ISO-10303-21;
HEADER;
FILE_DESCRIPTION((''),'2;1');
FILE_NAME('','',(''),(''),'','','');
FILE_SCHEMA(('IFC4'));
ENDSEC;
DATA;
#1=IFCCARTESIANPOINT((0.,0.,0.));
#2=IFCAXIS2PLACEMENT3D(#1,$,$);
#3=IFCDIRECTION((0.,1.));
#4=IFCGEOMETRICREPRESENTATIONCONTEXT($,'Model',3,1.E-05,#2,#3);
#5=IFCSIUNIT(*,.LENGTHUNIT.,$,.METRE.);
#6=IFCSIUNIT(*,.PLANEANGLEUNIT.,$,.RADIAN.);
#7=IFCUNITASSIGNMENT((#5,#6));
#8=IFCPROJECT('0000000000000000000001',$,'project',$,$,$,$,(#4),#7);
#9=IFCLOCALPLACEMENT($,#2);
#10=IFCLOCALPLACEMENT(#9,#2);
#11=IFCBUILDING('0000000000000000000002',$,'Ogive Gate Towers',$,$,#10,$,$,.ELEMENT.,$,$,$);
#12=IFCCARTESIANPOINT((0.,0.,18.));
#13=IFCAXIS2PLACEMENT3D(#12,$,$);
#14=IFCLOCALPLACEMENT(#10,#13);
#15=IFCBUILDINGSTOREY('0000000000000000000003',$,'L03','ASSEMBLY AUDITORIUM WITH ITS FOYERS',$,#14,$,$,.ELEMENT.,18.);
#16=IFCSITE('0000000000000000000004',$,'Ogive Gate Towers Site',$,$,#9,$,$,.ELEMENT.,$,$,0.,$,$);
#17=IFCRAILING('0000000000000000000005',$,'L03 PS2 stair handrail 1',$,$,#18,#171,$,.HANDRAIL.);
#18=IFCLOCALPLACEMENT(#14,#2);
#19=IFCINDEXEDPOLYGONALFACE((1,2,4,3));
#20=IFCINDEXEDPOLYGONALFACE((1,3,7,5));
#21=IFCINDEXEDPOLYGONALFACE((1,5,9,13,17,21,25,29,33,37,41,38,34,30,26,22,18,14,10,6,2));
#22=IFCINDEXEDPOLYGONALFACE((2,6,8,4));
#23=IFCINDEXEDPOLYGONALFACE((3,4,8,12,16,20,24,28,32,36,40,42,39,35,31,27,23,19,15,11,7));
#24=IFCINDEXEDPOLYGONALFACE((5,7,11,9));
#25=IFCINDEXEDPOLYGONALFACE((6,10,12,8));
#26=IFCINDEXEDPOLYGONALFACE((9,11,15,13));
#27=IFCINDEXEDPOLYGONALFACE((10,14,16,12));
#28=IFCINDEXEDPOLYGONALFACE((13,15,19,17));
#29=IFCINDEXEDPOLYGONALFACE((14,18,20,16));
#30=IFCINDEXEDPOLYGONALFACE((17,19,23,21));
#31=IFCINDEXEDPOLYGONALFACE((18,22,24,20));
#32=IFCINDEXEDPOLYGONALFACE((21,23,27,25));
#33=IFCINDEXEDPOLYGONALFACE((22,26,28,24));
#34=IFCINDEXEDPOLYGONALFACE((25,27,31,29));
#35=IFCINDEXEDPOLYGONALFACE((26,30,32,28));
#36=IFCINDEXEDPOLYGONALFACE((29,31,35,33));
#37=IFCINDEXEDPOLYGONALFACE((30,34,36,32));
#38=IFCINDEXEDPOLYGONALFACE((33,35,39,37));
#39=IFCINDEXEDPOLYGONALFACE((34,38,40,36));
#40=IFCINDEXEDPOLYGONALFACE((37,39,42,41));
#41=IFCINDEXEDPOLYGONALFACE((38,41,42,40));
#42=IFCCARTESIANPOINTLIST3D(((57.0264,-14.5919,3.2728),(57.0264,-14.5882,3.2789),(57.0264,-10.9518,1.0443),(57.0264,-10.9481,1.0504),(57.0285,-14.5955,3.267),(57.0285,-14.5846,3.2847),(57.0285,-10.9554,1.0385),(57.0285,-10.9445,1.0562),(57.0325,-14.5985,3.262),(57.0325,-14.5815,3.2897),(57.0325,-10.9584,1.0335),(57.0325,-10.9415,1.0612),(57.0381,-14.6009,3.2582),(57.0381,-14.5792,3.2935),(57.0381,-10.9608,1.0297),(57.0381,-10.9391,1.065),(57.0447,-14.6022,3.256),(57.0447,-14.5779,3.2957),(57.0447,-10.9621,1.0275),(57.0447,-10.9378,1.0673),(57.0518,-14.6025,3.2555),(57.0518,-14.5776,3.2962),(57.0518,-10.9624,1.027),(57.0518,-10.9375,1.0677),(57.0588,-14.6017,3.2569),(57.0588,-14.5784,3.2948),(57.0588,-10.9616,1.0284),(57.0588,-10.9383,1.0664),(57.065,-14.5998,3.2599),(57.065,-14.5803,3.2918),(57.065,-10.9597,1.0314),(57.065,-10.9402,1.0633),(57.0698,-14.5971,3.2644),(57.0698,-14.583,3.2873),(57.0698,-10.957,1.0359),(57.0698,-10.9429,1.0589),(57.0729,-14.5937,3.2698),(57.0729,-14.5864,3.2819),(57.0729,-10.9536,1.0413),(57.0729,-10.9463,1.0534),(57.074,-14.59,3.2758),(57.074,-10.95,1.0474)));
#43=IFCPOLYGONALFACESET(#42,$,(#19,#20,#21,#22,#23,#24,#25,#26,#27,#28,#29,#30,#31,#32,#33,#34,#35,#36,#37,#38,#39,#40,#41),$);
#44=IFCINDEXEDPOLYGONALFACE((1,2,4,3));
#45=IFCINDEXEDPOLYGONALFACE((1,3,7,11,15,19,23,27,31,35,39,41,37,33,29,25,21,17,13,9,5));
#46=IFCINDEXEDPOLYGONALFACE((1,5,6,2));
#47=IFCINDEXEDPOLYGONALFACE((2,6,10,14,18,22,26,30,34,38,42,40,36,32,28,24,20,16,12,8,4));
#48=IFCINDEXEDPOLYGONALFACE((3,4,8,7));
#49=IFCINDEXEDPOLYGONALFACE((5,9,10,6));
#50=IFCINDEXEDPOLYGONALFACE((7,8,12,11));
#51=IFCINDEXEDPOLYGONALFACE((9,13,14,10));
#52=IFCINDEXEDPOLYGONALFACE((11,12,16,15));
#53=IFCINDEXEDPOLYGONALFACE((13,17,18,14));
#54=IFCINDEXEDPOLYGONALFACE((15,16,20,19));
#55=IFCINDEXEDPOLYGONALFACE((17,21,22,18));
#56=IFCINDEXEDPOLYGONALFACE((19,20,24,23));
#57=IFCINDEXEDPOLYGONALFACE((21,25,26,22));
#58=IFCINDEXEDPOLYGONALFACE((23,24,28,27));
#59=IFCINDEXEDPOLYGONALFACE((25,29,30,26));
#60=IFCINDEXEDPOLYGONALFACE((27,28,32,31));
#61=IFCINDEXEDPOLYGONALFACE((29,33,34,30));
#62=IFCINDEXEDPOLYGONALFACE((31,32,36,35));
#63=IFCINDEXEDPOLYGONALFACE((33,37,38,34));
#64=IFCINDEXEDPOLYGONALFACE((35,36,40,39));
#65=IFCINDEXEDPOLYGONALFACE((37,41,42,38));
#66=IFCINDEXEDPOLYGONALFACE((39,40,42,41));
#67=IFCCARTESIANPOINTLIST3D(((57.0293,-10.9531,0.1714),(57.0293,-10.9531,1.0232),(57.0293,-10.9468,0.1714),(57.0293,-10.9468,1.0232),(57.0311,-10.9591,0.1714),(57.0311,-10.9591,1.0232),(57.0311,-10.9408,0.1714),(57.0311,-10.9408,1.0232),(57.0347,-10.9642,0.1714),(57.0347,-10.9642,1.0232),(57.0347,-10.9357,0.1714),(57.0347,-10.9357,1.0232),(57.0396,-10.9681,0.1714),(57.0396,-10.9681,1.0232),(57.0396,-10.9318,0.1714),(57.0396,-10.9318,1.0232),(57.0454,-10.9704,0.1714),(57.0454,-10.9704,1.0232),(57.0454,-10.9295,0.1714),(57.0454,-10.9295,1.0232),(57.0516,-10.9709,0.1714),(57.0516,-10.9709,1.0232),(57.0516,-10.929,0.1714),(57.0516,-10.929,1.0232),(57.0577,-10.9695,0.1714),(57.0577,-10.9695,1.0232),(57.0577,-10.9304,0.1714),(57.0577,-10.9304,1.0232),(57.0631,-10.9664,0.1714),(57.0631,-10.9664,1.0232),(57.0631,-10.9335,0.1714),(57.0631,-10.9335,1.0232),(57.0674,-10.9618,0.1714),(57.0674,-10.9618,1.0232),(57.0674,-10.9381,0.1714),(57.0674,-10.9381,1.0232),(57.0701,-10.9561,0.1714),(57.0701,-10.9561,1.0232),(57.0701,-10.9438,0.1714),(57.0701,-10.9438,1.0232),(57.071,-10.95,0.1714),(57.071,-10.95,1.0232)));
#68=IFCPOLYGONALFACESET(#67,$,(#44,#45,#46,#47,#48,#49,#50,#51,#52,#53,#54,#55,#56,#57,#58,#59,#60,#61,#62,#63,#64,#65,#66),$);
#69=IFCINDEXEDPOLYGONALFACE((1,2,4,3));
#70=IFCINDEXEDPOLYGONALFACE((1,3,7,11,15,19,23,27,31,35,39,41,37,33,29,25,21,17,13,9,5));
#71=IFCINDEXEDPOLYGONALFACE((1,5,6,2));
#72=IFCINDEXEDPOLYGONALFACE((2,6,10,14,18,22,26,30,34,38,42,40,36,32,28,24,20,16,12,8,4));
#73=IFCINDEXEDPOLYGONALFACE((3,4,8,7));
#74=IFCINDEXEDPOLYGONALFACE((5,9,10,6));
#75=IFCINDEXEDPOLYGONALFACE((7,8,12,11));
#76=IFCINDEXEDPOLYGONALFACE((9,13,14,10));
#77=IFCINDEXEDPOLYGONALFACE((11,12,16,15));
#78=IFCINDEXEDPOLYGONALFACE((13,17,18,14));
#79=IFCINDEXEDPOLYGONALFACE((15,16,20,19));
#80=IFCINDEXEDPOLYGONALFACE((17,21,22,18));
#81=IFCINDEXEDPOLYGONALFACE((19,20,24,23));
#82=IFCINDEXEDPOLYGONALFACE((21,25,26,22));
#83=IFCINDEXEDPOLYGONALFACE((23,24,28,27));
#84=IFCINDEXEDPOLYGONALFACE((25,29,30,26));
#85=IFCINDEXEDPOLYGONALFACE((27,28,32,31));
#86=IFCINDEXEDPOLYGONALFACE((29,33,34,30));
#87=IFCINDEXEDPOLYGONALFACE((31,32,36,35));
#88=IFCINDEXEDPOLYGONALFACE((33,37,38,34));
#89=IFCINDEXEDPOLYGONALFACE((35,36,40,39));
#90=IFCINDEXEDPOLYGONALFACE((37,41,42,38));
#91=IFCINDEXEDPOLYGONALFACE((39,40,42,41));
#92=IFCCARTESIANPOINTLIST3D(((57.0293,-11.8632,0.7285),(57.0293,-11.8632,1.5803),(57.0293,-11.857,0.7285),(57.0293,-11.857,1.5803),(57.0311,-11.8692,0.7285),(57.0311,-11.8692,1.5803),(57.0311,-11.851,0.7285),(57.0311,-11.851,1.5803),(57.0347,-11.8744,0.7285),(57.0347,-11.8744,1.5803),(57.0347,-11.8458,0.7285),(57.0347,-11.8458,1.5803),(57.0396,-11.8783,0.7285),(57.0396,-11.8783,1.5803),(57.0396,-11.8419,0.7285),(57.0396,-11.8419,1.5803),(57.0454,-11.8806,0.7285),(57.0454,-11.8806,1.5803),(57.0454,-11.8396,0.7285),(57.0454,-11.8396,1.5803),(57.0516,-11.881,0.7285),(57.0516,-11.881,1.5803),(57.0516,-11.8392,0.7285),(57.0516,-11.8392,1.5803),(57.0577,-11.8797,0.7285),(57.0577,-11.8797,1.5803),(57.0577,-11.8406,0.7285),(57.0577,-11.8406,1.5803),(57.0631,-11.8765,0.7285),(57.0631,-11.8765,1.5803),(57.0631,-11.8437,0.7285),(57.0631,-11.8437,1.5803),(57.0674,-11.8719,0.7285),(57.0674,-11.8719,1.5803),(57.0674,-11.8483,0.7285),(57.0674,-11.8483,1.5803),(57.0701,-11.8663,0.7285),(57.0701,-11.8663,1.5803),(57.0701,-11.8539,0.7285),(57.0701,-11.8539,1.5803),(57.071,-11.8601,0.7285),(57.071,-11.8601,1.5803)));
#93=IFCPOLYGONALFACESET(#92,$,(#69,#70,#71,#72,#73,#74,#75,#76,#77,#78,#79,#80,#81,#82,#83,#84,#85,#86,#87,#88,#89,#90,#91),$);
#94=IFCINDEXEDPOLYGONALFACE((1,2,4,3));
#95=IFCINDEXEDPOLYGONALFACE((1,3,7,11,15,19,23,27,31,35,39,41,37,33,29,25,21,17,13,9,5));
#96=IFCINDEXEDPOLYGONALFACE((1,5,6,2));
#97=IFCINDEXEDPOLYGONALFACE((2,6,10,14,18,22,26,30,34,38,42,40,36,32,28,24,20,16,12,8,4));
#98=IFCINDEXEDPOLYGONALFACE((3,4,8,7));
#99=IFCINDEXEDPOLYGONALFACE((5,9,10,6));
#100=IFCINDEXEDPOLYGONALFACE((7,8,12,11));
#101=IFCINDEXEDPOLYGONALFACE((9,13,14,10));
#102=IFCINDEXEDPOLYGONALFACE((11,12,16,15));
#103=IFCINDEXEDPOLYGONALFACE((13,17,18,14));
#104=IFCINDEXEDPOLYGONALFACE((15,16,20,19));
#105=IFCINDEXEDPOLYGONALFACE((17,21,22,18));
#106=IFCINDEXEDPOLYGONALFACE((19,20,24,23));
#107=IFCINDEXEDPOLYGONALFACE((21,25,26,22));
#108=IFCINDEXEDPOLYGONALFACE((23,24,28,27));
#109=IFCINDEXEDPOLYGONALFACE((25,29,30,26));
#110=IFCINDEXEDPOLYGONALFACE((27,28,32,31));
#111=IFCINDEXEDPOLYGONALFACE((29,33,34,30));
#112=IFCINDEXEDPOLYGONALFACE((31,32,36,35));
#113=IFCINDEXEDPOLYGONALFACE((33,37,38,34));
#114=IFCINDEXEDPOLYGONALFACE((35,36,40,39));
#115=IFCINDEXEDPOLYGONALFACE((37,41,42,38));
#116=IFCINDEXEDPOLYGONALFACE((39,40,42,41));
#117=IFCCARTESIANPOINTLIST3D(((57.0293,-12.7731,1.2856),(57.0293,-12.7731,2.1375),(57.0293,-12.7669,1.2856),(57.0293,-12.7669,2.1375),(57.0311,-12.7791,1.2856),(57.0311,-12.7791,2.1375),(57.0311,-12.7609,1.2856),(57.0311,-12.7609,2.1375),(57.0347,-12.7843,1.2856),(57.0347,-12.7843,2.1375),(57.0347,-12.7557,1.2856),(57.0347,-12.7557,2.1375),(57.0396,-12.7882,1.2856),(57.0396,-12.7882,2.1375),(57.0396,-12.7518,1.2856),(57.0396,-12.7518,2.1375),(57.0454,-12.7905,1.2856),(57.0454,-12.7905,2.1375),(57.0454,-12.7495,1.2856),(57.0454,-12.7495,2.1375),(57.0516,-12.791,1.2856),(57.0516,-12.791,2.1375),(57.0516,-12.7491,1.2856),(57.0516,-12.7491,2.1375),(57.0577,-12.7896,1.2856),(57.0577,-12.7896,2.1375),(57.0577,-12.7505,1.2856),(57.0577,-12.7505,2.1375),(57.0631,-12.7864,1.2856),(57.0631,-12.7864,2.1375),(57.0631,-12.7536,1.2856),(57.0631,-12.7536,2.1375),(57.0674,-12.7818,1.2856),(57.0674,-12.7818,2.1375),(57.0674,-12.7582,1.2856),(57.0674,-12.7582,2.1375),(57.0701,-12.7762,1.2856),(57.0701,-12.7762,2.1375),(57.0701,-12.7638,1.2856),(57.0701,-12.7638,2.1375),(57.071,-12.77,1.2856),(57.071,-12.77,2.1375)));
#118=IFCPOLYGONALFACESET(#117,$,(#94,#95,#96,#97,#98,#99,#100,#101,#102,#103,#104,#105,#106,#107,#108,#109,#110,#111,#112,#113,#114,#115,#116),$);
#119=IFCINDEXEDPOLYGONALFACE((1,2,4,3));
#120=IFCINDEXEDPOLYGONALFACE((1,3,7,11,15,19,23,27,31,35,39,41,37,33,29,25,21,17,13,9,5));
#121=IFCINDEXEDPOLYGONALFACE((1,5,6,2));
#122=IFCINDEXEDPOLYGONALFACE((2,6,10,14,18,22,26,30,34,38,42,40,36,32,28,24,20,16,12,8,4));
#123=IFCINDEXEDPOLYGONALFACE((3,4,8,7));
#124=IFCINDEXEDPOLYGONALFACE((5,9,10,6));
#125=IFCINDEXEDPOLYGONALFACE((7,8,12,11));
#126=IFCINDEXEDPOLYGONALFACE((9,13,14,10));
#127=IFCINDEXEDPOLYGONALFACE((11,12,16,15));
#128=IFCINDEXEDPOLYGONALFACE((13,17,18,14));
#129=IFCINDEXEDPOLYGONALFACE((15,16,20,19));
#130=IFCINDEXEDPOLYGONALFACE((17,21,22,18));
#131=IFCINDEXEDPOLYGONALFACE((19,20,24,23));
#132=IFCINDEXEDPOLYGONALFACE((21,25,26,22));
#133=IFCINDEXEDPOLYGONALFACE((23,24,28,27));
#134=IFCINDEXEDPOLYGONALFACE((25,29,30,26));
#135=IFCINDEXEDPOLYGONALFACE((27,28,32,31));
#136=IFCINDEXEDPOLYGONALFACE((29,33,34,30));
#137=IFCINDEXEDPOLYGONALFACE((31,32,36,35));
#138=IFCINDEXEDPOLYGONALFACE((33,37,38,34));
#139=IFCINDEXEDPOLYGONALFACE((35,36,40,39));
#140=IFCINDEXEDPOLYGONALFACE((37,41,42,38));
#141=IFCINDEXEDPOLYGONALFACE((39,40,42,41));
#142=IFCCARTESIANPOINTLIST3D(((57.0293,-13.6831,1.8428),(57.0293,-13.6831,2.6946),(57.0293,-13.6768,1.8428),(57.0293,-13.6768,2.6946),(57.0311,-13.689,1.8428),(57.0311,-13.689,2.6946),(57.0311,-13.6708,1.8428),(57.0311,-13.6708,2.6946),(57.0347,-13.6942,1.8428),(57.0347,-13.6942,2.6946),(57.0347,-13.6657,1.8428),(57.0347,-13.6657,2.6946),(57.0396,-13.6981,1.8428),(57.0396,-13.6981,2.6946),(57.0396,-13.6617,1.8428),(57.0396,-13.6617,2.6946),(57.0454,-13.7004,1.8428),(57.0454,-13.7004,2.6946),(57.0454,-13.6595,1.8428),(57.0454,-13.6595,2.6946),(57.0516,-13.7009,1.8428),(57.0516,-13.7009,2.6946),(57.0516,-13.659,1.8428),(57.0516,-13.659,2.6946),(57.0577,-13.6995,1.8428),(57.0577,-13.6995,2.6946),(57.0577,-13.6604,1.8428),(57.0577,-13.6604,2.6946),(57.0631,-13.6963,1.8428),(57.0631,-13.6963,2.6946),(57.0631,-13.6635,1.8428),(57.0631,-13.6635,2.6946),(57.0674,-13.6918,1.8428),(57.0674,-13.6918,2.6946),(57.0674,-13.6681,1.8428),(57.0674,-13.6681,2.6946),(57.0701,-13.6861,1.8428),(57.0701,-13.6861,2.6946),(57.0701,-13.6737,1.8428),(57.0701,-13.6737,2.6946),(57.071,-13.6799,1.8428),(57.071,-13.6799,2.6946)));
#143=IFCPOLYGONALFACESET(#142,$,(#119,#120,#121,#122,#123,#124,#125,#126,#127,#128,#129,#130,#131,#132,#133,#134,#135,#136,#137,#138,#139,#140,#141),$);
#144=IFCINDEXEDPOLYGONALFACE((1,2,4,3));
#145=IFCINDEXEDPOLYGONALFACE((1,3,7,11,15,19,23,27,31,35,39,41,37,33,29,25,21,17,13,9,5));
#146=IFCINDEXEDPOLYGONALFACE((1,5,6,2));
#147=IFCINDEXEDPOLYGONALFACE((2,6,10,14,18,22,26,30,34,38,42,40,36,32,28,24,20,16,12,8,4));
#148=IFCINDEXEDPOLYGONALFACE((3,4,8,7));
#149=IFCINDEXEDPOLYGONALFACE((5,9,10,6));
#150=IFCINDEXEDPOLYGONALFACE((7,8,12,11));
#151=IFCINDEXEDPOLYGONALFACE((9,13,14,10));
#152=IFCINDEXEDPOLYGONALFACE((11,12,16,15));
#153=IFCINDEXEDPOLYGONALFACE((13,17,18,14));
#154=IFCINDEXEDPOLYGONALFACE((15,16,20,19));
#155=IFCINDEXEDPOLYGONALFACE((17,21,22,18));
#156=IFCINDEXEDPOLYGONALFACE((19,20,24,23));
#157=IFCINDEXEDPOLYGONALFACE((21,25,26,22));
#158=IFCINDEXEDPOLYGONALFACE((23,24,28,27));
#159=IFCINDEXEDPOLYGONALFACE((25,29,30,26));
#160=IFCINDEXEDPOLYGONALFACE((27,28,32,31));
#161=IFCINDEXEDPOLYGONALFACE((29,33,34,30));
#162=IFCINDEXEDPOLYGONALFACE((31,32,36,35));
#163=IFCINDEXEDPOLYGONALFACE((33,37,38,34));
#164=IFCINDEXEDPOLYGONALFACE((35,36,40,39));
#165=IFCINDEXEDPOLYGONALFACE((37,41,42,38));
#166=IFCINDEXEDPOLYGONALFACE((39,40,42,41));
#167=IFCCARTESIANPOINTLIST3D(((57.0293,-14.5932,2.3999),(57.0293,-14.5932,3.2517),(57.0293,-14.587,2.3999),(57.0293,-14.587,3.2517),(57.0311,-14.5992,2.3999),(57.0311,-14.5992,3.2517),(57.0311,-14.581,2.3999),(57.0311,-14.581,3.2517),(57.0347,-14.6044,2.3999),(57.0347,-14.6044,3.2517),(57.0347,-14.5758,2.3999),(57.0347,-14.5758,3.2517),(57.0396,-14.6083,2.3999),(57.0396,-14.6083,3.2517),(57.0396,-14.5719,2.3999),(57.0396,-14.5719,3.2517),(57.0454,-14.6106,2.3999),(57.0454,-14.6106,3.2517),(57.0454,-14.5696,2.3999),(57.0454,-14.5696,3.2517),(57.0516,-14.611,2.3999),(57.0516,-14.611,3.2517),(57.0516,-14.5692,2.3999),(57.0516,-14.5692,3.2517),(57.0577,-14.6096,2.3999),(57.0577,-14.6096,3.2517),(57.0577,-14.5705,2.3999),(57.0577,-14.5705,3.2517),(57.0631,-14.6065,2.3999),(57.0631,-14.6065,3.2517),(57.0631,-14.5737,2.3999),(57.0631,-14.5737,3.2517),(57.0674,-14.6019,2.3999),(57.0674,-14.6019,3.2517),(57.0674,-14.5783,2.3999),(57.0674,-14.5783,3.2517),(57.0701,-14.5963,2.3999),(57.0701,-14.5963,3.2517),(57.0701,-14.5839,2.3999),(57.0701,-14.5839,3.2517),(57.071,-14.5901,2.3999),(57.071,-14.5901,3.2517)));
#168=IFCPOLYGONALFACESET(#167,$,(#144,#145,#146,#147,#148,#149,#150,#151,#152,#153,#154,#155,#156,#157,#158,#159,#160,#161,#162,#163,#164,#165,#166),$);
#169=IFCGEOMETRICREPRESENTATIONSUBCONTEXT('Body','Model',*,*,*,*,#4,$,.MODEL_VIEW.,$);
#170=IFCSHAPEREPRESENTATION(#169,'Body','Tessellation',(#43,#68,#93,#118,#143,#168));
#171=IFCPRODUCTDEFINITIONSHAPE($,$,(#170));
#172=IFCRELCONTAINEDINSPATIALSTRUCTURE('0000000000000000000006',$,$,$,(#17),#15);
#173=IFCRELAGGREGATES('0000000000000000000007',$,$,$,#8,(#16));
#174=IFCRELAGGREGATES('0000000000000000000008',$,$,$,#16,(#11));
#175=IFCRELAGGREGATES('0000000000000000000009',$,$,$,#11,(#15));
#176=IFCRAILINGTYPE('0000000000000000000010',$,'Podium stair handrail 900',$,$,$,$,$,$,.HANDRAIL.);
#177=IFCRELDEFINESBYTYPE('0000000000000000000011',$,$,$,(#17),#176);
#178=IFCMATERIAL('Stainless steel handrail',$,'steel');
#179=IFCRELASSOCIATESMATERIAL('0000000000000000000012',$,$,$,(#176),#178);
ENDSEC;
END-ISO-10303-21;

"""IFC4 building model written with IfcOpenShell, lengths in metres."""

from ifc_helpers import new_model, si_unit, direction, frame, origin, origin_2d, place, context, subcontext, project, spatial, circle, extrude, material, type_object, element, save


model = new_model("IFC4")

# Units and contexts
model_context = context("Model", 3, precision=1e-05, world=origin(), true_north=direction((0.0, 1.0)))
body_context = subcontext(model_context, "Body", "Model", "MODEL_VIEW")
ifc_project = project(units=[si_unit("LENGTHUNIT", "METRE"), si_unit("PLANEANGLEUNIT", "RADIAN")], contexts=[model_context])

# Site, building, storey
site_placement = place(None, origin())
site = spatial("IfcSite", under=ifc_project, at=site_placement, Name="Ogive Gate Towers Site", CompositionType="ELEMENT", RefElevation=0.0)
building_placement = place(site_placement, origin())
building = spatial("IfcBuilding", under=site, at=building_placement, Name="Ogive Gate Towers", CompositionType="ELEMENT")
storey_placement = place(building_placement, frame((0.0, 0.0, 18.0)))
storey = spatial("IfcBuildingStorey", under=building, at=storey_placement, Name="L03", Description="ASSEMBLY AUDITORIUM WITH ITS FOYERS", CompositionType="ELEMENT", Elevation=18.0)

# Railing
ifc_material_1 = material(Name="Stainless steel handrail", Category="steel")
railing_type = type_object("IfcRailingType", Name="Podium stair handrail 900", PredefinedType="HANDRAIL", material=ifc_material_1)
railing_placement = place(storey_placement, frame((57.05, -10.95, 0.1714)))
element("IfcRailing", 1, at=railing_placement, inside=storey, type_object=railing_type, Name="L03 PS2 stair handrail 1", PredefinedType="HANDRAIL", context=body_context, shape_type="SweptSolid", body=[
    extrude(circle(Radius=0.0239, at=origin_2d()), frame((0.0, 0.0, 0.876), z_axis=(0.0, -0.852866, 0.52213), x_axis=(1.0, 0.0, 0.0)), (0.0, 0.0, 1.0), 4.2681),
    extrude(circle(Radius=0.021, at=origin_2d()), origin(), (0.0, 0.0, 1.0), 0.8518),
    extrude(circle(Radius=0.021, at=origin_2d()), frame((0.0, -0.9102, 0.5571)), (0.0, 0.0, 1.0), 0.8518),
    extrude(circle(Radius=0.021, at=origin_2d()), frame((0.0, -1.8201, 1.1143)), (0.0, 0.0, 1.0), 0.8518),
    extrude(circle(Radius=0.021, at=origin_2d()), frame((0.0, -2.73, 1.6714)), (0.0, 0.0, 1.0), 0.8518),
    extrude(circle(Radius=0.021, at=origin_2d()), frame((0.0, -3.6401, 2.2285)), (0.0, 0.0, 1.0), 0.8518),
])

save(model, "model.ifc")
